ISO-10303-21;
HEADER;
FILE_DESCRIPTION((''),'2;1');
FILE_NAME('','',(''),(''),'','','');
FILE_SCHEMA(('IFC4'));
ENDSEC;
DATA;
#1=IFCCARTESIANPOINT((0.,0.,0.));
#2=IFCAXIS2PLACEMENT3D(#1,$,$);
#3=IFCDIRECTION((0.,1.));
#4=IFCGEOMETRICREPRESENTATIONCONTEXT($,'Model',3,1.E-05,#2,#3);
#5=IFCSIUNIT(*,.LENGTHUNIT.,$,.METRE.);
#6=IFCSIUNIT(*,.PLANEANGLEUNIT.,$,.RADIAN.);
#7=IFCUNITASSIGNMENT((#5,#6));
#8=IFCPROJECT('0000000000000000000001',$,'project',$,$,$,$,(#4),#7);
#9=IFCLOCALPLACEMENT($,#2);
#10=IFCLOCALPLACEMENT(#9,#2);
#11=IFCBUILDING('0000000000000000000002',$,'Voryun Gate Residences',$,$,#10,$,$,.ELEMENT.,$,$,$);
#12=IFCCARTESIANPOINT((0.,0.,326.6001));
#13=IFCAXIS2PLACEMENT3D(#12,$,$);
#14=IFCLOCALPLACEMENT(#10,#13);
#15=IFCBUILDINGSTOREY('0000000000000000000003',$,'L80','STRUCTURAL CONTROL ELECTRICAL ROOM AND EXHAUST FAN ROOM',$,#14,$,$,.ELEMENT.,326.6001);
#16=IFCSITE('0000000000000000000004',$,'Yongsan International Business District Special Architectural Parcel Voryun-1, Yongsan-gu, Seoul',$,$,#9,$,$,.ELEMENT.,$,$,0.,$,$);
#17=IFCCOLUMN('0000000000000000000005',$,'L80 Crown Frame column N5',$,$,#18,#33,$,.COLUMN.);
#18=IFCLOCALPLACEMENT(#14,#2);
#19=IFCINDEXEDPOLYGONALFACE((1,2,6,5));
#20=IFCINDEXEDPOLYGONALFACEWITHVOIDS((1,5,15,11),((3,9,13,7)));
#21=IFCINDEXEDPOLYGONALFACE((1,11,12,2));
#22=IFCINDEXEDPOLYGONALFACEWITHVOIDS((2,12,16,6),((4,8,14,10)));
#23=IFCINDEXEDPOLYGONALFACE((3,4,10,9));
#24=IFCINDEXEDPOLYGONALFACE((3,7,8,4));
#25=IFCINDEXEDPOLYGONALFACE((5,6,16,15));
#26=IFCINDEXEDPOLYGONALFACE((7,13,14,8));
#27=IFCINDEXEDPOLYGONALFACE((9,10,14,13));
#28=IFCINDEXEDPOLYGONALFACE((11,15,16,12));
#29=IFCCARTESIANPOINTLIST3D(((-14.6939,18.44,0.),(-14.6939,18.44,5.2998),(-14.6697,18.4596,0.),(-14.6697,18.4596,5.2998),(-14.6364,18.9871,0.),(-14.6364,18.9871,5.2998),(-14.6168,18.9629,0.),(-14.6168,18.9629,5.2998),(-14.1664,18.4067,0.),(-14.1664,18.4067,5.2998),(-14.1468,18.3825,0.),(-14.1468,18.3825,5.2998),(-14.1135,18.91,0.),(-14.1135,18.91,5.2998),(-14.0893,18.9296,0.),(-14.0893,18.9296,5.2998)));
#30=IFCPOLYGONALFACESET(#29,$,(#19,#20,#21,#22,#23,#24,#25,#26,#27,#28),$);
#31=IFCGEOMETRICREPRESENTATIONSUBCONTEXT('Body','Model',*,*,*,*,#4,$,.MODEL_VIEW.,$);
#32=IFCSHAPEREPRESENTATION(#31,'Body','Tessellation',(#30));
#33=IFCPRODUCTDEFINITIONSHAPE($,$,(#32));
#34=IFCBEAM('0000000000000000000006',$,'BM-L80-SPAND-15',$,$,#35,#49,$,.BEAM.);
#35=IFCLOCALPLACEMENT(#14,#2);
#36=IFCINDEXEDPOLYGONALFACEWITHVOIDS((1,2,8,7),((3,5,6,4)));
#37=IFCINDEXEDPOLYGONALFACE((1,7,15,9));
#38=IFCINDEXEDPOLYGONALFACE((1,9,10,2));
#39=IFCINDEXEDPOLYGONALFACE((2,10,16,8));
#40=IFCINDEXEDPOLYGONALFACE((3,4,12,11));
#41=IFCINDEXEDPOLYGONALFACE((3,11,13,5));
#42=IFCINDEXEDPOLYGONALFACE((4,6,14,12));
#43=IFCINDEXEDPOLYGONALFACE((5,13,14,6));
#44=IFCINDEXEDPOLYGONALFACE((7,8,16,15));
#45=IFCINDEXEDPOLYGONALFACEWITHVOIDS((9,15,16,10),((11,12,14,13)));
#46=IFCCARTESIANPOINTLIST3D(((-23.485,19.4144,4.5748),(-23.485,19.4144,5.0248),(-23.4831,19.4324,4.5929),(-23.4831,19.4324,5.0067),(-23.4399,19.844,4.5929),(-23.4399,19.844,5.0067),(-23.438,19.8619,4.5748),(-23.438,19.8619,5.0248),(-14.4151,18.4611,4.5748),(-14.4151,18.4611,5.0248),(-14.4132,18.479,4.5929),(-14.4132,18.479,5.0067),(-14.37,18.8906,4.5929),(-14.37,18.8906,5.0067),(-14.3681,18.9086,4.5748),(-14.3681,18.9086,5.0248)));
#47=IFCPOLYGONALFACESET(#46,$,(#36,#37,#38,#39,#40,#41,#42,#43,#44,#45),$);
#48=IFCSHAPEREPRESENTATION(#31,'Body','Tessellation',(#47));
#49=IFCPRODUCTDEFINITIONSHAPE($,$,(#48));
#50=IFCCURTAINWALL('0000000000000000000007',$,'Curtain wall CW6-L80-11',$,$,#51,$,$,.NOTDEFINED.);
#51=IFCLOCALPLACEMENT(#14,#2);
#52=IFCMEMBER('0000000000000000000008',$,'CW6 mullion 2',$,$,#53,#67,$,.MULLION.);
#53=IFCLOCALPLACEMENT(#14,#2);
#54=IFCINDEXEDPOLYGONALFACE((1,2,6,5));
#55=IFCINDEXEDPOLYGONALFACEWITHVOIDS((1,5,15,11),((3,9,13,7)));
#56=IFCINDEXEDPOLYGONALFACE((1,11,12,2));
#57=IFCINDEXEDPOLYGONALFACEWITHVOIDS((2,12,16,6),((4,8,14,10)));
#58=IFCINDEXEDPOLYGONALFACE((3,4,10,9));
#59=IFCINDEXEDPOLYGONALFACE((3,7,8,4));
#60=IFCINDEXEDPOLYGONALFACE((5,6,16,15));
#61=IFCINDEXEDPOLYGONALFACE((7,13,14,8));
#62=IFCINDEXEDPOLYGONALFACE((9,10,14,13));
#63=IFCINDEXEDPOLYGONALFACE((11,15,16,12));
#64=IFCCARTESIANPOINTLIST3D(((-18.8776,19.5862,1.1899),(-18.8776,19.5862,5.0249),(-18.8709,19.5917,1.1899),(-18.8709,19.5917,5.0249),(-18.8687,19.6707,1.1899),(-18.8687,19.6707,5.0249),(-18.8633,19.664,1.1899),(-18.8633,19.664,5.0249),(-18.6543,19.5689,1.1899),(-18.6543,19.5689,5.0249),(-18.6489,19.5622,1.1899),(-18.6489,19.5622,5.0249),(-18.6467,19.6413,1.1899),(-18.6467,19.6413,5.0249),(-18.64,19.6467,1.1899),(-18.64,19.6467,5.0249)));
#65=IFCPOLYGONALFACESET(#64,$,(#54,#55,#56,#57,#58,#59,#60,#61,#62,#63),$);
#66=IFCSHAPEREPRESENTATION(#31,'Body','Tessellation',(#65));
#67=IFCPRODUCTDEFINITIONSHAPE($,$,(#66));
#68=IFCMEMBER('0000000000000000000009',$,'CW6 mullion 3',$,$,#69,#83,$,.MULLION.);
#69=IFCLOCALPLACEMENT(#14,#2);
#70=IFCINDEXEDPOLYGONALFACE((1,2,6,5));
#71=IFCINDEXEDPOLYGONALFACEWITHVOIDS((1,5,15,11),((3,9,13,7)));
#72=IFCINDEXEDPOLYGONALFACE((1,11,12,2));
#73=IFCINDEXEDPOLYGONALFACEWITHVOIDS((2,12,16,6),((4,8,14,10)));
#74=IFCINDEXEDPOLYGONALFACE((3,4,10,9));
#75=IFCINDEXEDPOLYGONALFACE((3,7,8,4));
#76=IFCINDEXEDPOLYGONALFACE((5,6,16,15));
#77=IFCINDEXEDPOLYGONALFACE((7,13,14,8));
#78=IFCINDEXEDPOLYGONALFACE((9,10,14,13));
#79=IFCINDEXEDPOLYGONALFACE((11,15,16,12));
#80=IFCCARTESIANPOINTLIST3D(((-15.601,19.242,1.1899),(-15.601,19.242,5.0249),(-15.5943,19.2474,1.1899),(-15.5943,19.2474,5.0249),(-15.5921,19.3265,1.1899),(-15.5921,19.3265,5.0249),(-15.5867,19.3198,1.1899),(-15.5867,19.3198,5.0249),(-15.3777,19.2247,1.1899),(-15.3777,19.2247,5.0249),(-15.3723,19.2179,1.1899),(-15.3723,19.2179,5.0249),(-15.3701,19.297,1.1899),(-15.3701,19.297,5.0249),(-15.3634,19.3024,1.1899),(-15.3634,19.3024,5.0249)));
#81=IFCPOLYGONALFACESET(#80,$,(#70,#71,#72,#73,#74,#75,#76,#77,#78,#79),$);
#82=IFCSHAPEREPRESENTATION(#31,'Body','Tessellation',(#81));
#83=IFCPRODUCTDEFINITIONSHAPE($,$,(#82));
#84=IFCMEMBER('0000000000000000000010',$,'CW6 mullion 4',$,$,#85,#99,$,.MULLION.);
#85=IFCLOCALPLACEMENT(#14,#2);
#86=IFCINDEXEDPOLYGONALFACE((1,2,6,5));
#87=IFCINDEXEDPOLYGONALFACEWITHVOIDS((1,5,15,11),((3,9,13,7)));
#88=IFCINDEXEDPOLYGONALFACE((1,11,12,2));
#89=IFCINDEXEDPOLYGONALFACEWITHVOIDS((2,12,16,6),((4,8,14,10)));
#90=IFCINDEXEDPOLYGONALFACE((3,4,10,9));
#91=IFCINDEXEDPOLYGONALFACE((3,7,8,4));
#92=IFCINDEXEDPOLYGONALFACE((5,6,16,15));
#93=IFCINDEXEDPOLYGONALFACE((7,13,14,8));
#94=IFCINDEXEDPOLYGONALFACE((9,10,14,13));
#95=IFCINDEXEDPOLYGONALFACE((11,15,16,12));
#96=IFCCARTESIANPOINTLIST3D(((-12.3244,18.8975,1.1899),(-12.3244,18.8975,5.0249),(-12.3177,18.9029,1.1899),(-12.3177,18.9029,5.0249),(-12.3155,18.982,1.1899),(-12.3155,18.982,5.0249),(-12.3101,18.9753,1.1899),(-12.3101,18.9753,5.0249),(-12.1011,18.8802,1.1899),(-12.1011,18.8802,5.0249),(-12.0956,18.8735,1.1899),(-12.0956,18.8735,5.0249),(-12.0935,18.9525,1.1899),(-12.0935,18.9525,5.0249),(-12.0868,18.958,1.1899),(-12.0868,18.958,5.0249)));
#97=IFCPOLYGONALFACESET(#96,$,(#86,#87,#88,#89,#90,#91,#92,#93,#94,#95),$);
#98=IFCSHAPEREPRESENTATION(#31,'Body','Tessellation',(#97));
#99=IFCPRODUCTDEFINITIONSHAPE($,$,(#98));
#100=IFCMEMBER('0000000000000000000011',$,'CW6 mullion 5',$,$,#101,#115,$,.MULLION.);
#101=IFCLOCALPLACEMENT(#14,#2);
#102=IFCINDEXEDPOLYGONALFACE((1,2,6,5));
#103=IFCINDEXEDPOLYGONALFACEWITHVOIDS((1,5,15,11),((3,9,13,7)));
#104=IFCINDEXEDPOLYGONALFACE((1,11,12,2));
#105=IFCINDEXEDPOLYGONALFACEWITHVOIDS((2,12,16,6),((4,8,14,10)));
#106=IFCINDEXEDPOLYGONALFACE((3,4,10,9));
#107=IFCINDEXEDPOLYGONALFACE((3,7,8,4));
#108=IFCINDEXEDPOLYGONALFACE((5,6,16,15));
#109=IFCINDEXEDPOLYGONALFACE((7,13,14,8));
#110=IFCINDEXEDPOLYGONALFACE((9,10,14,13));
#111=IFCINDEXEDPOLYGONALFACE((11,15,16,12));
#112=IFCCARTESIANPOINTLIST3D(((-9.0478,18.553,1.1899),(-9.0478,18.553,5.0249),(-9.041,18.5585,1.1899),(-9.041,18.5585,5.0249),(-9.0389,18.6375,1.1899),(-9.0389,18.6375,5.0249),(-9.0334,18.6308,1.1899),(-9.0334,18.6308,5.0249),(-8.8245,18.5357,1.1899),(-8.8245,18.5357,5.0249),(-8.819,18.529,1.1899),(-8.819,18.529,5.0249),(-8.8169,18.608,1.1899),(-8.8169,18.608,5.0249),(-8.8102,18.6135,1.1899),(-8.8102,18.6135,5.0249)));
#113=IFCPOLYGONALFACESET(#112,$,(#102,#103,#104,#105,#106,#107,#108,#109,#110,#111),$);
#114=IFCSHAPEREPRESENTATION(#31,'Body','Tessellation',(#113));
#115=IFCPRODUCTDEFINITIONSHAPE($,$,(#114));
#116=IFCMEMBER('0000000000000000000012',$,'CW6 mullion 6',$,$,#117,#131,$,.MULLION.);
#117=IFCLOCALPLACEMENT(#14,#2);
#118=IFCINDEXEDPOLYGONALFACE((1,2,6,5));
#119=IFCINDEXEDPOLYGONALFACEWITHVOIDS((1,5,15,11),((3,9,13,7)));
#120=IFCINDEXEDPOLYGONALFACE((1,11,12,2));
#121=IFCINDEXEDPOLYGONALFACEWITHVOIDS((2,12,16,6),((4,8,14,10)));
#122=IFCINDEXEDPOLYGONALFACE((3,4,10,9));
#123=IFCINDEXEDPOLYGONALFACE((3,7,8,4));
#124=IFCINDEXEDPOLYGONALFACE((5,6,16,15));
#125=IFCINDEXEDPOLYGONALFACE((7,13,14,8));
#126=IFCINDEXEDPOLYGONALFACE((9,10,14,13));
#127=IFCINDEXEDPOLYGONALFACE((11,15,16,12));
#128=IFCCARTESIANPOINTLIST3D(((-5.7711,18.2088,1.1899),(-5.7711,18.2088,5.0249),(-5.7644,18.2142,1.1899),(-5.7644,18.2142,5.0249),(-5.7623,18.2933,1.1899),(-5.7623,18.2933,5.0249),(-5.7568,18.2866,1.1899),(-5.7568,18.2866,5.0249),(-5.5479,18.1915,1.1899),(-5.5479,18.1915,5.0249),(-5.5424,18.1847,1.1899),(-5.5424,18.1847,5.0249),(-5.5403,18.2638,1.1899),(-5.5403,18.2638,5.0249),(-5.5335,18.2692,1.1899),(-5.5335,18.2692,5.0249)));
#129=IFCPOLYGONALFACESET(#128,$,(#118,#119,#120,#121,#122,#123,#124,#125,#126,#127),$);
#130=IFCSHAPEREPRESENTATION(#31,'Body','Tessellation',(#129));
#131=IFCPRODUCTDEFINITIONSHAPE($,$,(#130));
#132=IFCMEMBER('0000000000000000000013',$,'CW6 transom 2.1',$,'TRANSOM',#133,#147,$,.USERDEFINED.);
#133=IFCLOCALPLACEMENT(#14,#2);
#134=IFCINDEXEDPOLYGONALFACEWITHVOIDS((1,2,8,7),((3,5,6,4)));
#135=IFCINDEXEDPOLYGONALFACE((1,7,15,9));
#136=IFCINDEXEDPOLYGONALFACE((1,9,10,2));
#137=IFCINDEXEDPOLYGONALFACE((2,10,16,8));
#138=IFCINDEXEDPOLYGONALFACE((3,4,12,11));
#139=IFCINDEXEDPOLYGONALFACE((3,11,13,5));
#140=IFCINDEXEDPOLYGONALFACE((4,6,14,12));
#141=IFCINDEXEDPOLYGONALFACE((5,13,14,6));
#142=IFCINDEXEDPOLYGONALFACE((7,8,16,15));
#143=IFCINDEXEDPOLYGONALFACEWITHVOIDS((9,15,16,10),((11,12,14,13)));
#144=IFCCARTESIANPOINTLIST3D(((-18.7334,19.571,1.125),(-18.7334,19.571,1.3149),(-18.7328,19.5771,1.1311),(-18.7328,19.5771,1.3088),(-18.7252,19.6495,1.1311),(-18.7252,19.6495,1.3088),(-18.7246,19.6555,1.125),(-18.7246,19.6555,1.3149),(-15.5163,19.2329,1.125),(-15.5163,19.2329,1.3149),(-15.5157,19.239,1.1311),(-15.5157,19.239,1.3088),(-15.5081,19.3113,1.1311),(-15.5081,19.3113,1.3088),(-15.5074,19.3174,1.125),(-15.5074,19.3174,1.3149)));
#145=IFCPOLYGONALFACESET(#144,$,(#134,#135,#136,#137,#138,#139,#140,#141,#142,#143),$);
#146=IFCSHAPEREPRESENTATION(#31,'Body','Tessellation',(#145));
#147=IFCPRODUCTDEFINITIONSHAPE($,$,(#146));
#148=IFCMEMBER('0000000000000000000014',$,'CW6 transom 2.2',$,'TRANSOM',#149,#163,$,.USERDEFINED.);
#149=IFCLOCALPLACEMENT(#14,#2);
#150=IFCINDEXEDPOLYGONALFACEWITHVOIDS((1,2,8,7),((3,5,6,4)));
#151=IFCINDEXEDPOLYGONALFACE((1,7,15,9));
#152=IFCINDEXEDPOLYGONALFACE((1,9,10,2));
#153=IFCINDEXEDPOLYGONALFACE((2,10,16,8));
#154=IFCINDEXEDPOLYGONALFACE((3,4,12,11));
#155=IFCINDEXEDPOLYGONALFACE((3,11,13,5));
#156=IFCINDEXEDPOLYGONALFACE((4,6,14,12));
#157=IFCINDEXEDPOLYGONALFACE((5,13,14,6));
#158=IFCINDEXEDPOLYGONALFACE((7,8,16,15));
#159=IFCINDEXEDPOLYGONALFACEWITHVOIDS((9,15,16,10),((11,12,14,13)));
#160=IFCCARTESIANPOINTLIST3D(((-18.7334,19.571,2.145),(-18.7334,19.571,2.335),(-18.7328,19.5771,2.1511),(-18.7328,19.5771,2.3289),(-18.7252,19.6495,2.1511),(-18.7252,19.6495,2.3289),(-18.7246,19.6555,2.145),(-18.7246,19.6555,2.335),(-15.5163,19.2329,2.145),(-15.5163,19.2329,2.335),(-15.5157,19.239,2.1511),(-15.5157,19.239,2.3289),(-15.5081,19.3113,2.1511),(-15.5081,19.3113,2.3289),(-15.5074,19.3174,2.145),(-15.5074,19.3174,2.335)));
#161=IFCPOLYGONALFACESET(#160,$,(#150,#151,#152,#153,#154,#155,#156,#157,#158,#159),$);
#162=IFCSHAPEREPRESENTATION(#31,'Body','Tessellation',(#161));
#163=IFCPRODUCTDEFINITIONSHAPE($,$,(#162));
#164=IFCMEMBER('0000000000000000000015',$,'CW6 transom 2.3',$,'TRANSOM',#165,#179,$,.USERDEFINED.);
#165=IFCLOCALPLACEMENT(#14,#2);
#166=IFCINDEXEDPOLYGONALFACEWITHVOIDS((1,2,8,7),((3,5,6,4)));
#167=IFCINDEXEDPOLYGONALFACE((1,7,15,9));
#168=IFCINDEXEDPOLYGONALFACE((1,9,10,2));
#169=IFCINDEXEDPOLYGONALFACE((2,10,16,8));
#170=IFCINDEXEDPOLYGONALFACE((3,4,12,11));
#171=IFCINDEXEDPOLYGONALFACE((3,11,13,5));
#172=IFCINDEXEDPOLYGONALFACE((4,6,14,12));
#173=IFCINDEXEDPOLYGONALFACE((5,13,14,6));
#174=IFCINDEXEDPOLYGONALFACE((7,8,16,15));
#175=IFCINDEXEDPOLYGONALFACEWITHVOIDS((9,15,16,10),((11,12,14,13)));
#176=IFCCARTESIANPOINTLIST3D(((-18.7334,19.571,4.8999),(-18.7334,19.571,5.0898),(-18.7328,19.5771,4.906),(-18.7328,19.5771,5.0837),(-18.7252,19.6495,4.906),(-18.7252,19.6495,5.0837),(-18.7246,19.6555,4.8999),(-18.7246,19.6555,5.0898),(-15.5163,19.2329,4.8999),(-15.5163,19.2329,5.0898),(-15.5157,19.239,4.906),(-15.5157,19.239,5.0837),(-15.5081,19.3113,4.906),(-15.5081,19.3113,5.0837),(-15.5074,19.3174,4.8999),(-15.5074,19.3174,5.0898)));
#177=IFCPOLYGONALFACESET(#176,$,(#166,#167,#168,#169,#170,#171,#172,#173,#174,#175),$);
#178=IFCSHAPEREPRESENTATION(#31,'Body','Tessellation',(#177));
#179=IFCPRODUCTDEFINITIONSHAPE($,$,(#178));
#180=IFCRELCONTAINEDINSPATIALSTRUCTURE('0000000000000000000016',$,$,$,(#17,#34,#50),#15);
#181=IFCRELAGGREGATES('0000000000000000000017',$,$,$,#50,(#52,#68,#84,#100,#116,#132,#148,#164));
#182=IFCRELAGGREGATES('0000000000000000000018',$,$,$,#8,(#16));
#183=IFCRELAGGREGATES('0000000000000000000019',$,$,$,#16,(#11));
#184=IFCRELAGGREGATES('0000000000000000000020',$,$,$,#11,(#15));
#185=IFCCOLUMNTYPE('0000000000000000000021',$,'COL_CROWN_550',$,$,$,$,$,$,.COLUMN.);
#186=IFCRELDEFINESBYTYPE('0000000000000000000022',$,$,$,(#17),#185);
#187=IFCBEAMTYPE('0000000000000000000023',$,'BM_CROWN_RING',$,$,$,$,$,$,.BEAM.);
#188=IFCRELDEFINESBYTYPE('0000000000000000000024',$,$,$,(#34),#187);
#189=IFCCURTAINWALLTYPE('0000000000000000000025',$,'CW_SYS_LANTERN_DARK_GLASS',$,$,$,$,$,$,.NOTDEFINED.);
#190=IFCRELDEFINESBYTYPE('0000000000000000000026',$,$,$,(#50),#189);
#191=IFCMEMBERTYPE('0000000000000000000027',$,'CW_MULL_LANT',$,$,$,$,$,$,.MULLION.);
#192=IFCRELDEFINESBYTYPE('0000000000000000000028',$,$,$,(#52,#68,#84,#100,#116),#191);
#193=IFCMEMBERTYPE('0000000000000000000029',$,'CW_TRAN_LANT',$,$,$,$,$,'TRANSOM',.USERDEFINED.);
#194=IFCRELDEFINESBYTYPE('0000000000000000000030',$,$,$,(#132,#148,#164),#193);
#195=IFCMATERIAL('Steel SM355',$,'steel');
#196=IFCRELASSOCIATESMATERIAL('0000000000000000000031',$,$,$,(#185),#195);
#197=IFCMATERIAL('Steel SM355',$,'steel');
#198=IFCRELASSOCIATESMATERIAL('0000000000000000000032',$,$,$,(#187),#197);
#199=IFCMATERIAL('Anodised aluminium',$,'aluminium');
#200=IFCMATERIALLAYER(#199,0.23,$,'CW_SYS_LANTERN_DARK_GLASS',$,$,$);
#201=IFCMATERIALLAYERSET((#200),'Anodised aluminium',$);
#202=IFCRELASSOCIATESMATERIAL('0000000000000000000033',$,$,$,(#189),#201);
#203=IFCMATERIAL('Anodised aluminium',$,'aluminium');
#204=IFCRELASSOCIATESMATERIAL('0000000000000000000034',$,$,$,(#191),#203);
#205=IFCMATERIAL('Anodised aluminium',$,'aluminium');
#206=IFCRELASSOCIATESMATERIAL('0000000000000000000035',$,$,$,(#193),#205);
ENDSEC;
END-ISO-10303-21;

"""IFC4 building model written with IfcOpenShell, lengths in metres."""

from ifc_helpers import new_model, si_unit, direction, frame, origin, origin_2d, place, context, subcontext, project, spatial, hollow_rectangle, extrude, material, layer, layer_set, material_profile, profile_set, type_object, element, aggregate, save


model = new_model("IFC4")

# Units and contexts
model_context = context("Model", 3, precision=1e-05, world=origin(), true_north=direction((0.0, 1.0)))
body_context = subcontext(model_context, "Body", "Model", "MODEL_VIEW")
ifc_project = project(units=[si_unit("LENGTHUNIT", "METRE"), si_unit("PLANEANGLEUNIT", "RADIAN")], contexts=[model_context])

# Site, building, storey
site_placement = place(None, origin())
site = spatial("IfcSite", under=ifc_project, at=site_placement, Name="Yongsan International Business District Special Architectural Parcel Voryun-1, Yongsan-gu, Seoul", CompositionType="ELEMENT", RefElevation=0.0)
building_placement = place(site_placement, origin())
building = spatial("IfcBuilding", under=site, at=building_placement, Name="Voryun Gate Residences", CompositionType="ELEMENT")
storey_placement = place(building_placement, frame((0.0, 0.0, 326.6001)))
storey = spatial("IfcBuildingStorey", under=building, at=storey_placement, Name="L80", Description="STRUCTURAL CONTROL ELECTRICAL ROOM AND EXHAUST FAN ROOM", CompositionType="ELEMENT", Elevation=326.6001)

# Column
ifc_material_1 = material(Name="Steel SM355", Category="steel")
ifc_material_profile_1 = material_profile(ifc_material_1, hollow_rectangle(XDim=0.55, YDim=0.55, WallThickness=0.022, at=origin_2d()), Name="BOX-550x550x22")
ifc_profile_set_1 = profile_set([ifc_material_profile_1], Name="Steel SM355")
column_type = type_object("IfcColumnType", Name="COL_CROWN_550", PredefinedType="COLUMN", material=ifc_profile_set_1)
column_placement = place(storey_placement, frame((-14.3916, 18.6848, 0.0), z_axis=(0.0, 0.0, 1.0), x_axis=(0.994522, -0.104528, 0.0)))
element("IfcColumn", 1, at=column_placement, inside=storey, type_object=column_type, Name="L80 Crown Frame column N5", PredefinedType="COLUMN", context=body_context, shape_type="SweptSolid", body=[
    extrude(hollow_rectangle(XDim=0.55, YDim=0.55, WallThickness=0.022, at=origin_2d()), origin(), (0.0, 0.0, 1.0), 5.2998),
])

# Beam
ifc_material_2 = material(Name="Steel SM355", Category="steel")
ifc_material_profile_2 = material_profile(ifc_material_2, hollow_rectangle(XDim=0.45, YDim=0.45, WallThickness=0.0181, at=origin_2d()), Name="BOX-450x450x18")
ifc_profile_set_2 = profile_set([ifc_material_profile_2], Name="Steel SM355")
beam_type = type_object("IfcBeamType", Name="BM_CROWN_RING", PredefinedType="BEAM", material=ifc_profile_set_2)
beam_placement = place(storey_placement, frame((-14.3916, 18.6848, 4.7998), z_axis=(-0.994521, 0.104538, 0.0), x_axis=(-0.104538, -0.994521, 0.0)))
element("IfcBeam", 2, at=beam_placement, inside=storey, type_object=beam_type, Name="BM-L80-SPAND-15", PredefinedType="BEAM", context=body_context, shape_type="SweptSolid", body=[
    extrude(hollow_rectangle(XDim=0.45, YDim=0.45, WallThickness=0.0181, at=origin_2d()), origin(), (0.0, 0.0, 1.0), 9.1199),
])

# Curtain wall, members
ifc_material_3 = material(Name="Anodised aluminium", Category="aluminium")
ifc_layer_1 = layer(ifc_material_3, 0.23, Name="CW_SYS_LANTERN_DARK_GLASS")
ifc_layer_set_1 = layer_set([ifc_layer_1], Name="Anodised aluminium")
curtain_wall_type = type_object("IfcCurtainWallType", Name="CW_SYS_LANTERN_DARK_GLASS", PredefinedType="NOTDEFINED", material=ifc_layer_set_1)
curtain_wall_placement = place(storey_placement, origin())
curtain_wall = element("IfcCurtainWall", 3, at=curtain_wall_placement, inside=storey, type_object=curtain_wall_type, Name="Curtain wall CW6-L80-11", PredefinedType="NOTDEFINED")
ifc_material_4 = material(Name="Anodised aluminium", Category="aluminium")
ifc_material_profile_3 = material_profile(ifc_material_4, hollow_rectangle(XDim=0.085, YDim=0.23, WallThickness=0.0061, at=origin_2d()), Name="ALU-MULL-230x85x6")
ifc_profile_set_3 = profile_set([ifc_material_profile_3], Name="Anodised aluminium")
member_type_1 = type_object("IfcMemberType", Name="CW_MULL_LANT", PredefinedType="MULLION", material=ifc_profile_set_3)
member_1_placement = place(storey_placement, frame((-18.7588, 19.6165, 1.1899), z_axis=(0.0, 0.0, 1.0), x_axis=(0.104528, 0.994522, 0.0)))
member_1 = element("IfcMember", 4, at=member_1_placement, type_object=member_type_1, Name="CW6 mullion 2", PredefinedType="MULLION", context=body_context, shape_type="SweptSolid", body=[
    extrude(hollow_rectangle(XDim=0.085, YDim=0.23, WallThickness=0.0061, at=origin_2d()), origin(), (0.0, 0.0, 1.0), 3.835),
])
member_2_placement = place(storey_placement, frame((-15.4822, 19.2722, 1.1899), z_axis=(0.0, 0.0, 1.0), x_axis=(0.104528, 0.994522, 0.0)))
member_2 = element("IfcMember", 5, at=member_2_placement, type_object=member_type_1, Name="CW6 mullion 3", PredefinedType="MULLION", context=body_context, shape_type="SweptSolid", body=[
    extrude(hollow_rectangle(XDim=0.085, YDim=0.23, WallThickness=0.0061, at=origin_2d()), origin(), (0.0, 0.0, 1.0), 3.835),
])
member_3_placement = place(storey_placement, frame((-12.2056, 18.9277, 1.1899), z_axis=(0.0, 0.0, 1.0), x_axis=(0.104528, 0.994522, 0.0)))
member_3 = element("IfcMember", 6, at=member_3_placement, type_object=member_type_1, Name="CW6 mullion 4", PredefinedType="MULLION", context=body_context, shape_type="SweptSolid", body=[
    extrude(hollow_rectangle(XDim=0.085, YDim=0.23, WallThickness=0.0061, at=origin_2d()), origin(), (0.0, 0.0, 1.0), 3.835),
])
member_4_placement = place(storey_placement, frame((-8.929, 18.5833, 1.1899), z_axis=(0.0, 0.0, 1.0), x_axis=(0.104528, 0.994522, 0.0)))
member_4 = element("IfcMember", 7, at=member_4_placement, type_object=member_type_1, Name="CW6 mullion 5", PredefinedType="MULLION", context=body_context, shape_type="SweptSolid", body=[
    extrude(hollow_rectangle(XDim=0.085, YDim=0.23, WallThickness=0.0061, at=origin_2d()), origin(), (0.0, 0.0, 1.0), 3.835),
])
member_5_placement = place(storey_placement, frame((-5.6523, 18.239, 1.1899), z_axis=(0.0, 0.0, 1.0), x_axis=(0.104528, 0.994522, 0.0)))
member_5 = element("IfcMember", 8, at=member_5_placement, type_object=member_type_1, Name="CW6 mullion 6", PredefinedType="MULLION", context=body_context, shape_type="SweptSolid", body=[
    extrude(hollow_rectangle(XDim=0.085, YDim=0.23, WallThickness=0.0061, at=origin_2d()), origin(), (0.0, 0.0, 1.0), 3.835),
])
ifc_material_5 = material(Name="Anodised aluminium", Category="aluminium")
ifc_material_profile_4 = material_profile(ifc_material_5, hollow_rectangle(XDim=0.085, YDim=0.1899, WallThickness=0.0061, at=origin_2d()), Name="ALU-TRAN-190x85x6")
ifc_profile_set_4 = profile_set([ifc_material_profile_4], Name="Anodised aluminium")
member_type_2 = type_object("IfcMemberType", Name="CW_TRAN_LANT", ElementType="TRANSOM", PredefinedType="USERDEFINED", material=ifc_profile_set_4)
member_6_placement = place(storey_placement, frame((-18.729, 19.6133, 1.22), z_axis=(0.994522, -0.104532, 0.0), x_axis=(0.104532, 0.994522, 0.0)))
member_6 = element("IfcMember", 9, at=member_6_placement, type_object=member_type_2, Name="CW6 transom 2.1", ObjectType="TRANSOM", PredefinedType="USERDEFINED", context=body_context, shape_type="SweptSolid", body=[
    extrude(hollow_rectangle(XDim=0.085, YDim=0.1899, WallThickness=0.0061, at=origin_2d()), origin(), (0.0, 0.0, 1.0), 3.2349),
])
member_7_placement = place(storey_placement, frame((-18.729, 19.6133, 2.24), z_axis=(0.994522, -0.104532, 0.0), x_axis=(0.104532, 0.994522, 0.0)))
member_7 = element("IfcMember", 10, at=member_7_placement, type_object=member_type_2, Name="CW6 transom 2.2", ObjectType="TRANSOM", PredefinedType="USERDEFINED", context=body_context, shape_type="SweptSolid", body=[
    extrude(hollow_rectangle(XDim=0.085, YDim=0.1899, WallThickness=0.0061, at=origin_2d()), origin(), (0.0, 0.0, 1.0), 3.2349),
])
member_8_placement = place(storey_placement, frame((-18.729, 19.6133, 4.9949), z_axis=(0.994522, -0.104532, 0.0), x_axis=(0.104532, 0.994522, 0.0)))
member_8 = element("IfcMember", 11, at=member_8_placement, type_object=member_type_2, Name="CW6 transom 2.3", ObjectType="TRANSOM", PredefinedType="USERDEFINED", context=body_context, shape_type="SweptSolid", body=[
    extrude(hollow_rectangle(XDim=0.085, YDim=0.1899, WallThickness=0.0061, at=origin_2d()), origin(), (0.0, 0.0, 1.0), 3.2349),
])

aggregate(curtain_wall, [member_1, member_2, member_3, member_4, member_5, member_6, member_7, member_8])

save(model, "model.ifc")
